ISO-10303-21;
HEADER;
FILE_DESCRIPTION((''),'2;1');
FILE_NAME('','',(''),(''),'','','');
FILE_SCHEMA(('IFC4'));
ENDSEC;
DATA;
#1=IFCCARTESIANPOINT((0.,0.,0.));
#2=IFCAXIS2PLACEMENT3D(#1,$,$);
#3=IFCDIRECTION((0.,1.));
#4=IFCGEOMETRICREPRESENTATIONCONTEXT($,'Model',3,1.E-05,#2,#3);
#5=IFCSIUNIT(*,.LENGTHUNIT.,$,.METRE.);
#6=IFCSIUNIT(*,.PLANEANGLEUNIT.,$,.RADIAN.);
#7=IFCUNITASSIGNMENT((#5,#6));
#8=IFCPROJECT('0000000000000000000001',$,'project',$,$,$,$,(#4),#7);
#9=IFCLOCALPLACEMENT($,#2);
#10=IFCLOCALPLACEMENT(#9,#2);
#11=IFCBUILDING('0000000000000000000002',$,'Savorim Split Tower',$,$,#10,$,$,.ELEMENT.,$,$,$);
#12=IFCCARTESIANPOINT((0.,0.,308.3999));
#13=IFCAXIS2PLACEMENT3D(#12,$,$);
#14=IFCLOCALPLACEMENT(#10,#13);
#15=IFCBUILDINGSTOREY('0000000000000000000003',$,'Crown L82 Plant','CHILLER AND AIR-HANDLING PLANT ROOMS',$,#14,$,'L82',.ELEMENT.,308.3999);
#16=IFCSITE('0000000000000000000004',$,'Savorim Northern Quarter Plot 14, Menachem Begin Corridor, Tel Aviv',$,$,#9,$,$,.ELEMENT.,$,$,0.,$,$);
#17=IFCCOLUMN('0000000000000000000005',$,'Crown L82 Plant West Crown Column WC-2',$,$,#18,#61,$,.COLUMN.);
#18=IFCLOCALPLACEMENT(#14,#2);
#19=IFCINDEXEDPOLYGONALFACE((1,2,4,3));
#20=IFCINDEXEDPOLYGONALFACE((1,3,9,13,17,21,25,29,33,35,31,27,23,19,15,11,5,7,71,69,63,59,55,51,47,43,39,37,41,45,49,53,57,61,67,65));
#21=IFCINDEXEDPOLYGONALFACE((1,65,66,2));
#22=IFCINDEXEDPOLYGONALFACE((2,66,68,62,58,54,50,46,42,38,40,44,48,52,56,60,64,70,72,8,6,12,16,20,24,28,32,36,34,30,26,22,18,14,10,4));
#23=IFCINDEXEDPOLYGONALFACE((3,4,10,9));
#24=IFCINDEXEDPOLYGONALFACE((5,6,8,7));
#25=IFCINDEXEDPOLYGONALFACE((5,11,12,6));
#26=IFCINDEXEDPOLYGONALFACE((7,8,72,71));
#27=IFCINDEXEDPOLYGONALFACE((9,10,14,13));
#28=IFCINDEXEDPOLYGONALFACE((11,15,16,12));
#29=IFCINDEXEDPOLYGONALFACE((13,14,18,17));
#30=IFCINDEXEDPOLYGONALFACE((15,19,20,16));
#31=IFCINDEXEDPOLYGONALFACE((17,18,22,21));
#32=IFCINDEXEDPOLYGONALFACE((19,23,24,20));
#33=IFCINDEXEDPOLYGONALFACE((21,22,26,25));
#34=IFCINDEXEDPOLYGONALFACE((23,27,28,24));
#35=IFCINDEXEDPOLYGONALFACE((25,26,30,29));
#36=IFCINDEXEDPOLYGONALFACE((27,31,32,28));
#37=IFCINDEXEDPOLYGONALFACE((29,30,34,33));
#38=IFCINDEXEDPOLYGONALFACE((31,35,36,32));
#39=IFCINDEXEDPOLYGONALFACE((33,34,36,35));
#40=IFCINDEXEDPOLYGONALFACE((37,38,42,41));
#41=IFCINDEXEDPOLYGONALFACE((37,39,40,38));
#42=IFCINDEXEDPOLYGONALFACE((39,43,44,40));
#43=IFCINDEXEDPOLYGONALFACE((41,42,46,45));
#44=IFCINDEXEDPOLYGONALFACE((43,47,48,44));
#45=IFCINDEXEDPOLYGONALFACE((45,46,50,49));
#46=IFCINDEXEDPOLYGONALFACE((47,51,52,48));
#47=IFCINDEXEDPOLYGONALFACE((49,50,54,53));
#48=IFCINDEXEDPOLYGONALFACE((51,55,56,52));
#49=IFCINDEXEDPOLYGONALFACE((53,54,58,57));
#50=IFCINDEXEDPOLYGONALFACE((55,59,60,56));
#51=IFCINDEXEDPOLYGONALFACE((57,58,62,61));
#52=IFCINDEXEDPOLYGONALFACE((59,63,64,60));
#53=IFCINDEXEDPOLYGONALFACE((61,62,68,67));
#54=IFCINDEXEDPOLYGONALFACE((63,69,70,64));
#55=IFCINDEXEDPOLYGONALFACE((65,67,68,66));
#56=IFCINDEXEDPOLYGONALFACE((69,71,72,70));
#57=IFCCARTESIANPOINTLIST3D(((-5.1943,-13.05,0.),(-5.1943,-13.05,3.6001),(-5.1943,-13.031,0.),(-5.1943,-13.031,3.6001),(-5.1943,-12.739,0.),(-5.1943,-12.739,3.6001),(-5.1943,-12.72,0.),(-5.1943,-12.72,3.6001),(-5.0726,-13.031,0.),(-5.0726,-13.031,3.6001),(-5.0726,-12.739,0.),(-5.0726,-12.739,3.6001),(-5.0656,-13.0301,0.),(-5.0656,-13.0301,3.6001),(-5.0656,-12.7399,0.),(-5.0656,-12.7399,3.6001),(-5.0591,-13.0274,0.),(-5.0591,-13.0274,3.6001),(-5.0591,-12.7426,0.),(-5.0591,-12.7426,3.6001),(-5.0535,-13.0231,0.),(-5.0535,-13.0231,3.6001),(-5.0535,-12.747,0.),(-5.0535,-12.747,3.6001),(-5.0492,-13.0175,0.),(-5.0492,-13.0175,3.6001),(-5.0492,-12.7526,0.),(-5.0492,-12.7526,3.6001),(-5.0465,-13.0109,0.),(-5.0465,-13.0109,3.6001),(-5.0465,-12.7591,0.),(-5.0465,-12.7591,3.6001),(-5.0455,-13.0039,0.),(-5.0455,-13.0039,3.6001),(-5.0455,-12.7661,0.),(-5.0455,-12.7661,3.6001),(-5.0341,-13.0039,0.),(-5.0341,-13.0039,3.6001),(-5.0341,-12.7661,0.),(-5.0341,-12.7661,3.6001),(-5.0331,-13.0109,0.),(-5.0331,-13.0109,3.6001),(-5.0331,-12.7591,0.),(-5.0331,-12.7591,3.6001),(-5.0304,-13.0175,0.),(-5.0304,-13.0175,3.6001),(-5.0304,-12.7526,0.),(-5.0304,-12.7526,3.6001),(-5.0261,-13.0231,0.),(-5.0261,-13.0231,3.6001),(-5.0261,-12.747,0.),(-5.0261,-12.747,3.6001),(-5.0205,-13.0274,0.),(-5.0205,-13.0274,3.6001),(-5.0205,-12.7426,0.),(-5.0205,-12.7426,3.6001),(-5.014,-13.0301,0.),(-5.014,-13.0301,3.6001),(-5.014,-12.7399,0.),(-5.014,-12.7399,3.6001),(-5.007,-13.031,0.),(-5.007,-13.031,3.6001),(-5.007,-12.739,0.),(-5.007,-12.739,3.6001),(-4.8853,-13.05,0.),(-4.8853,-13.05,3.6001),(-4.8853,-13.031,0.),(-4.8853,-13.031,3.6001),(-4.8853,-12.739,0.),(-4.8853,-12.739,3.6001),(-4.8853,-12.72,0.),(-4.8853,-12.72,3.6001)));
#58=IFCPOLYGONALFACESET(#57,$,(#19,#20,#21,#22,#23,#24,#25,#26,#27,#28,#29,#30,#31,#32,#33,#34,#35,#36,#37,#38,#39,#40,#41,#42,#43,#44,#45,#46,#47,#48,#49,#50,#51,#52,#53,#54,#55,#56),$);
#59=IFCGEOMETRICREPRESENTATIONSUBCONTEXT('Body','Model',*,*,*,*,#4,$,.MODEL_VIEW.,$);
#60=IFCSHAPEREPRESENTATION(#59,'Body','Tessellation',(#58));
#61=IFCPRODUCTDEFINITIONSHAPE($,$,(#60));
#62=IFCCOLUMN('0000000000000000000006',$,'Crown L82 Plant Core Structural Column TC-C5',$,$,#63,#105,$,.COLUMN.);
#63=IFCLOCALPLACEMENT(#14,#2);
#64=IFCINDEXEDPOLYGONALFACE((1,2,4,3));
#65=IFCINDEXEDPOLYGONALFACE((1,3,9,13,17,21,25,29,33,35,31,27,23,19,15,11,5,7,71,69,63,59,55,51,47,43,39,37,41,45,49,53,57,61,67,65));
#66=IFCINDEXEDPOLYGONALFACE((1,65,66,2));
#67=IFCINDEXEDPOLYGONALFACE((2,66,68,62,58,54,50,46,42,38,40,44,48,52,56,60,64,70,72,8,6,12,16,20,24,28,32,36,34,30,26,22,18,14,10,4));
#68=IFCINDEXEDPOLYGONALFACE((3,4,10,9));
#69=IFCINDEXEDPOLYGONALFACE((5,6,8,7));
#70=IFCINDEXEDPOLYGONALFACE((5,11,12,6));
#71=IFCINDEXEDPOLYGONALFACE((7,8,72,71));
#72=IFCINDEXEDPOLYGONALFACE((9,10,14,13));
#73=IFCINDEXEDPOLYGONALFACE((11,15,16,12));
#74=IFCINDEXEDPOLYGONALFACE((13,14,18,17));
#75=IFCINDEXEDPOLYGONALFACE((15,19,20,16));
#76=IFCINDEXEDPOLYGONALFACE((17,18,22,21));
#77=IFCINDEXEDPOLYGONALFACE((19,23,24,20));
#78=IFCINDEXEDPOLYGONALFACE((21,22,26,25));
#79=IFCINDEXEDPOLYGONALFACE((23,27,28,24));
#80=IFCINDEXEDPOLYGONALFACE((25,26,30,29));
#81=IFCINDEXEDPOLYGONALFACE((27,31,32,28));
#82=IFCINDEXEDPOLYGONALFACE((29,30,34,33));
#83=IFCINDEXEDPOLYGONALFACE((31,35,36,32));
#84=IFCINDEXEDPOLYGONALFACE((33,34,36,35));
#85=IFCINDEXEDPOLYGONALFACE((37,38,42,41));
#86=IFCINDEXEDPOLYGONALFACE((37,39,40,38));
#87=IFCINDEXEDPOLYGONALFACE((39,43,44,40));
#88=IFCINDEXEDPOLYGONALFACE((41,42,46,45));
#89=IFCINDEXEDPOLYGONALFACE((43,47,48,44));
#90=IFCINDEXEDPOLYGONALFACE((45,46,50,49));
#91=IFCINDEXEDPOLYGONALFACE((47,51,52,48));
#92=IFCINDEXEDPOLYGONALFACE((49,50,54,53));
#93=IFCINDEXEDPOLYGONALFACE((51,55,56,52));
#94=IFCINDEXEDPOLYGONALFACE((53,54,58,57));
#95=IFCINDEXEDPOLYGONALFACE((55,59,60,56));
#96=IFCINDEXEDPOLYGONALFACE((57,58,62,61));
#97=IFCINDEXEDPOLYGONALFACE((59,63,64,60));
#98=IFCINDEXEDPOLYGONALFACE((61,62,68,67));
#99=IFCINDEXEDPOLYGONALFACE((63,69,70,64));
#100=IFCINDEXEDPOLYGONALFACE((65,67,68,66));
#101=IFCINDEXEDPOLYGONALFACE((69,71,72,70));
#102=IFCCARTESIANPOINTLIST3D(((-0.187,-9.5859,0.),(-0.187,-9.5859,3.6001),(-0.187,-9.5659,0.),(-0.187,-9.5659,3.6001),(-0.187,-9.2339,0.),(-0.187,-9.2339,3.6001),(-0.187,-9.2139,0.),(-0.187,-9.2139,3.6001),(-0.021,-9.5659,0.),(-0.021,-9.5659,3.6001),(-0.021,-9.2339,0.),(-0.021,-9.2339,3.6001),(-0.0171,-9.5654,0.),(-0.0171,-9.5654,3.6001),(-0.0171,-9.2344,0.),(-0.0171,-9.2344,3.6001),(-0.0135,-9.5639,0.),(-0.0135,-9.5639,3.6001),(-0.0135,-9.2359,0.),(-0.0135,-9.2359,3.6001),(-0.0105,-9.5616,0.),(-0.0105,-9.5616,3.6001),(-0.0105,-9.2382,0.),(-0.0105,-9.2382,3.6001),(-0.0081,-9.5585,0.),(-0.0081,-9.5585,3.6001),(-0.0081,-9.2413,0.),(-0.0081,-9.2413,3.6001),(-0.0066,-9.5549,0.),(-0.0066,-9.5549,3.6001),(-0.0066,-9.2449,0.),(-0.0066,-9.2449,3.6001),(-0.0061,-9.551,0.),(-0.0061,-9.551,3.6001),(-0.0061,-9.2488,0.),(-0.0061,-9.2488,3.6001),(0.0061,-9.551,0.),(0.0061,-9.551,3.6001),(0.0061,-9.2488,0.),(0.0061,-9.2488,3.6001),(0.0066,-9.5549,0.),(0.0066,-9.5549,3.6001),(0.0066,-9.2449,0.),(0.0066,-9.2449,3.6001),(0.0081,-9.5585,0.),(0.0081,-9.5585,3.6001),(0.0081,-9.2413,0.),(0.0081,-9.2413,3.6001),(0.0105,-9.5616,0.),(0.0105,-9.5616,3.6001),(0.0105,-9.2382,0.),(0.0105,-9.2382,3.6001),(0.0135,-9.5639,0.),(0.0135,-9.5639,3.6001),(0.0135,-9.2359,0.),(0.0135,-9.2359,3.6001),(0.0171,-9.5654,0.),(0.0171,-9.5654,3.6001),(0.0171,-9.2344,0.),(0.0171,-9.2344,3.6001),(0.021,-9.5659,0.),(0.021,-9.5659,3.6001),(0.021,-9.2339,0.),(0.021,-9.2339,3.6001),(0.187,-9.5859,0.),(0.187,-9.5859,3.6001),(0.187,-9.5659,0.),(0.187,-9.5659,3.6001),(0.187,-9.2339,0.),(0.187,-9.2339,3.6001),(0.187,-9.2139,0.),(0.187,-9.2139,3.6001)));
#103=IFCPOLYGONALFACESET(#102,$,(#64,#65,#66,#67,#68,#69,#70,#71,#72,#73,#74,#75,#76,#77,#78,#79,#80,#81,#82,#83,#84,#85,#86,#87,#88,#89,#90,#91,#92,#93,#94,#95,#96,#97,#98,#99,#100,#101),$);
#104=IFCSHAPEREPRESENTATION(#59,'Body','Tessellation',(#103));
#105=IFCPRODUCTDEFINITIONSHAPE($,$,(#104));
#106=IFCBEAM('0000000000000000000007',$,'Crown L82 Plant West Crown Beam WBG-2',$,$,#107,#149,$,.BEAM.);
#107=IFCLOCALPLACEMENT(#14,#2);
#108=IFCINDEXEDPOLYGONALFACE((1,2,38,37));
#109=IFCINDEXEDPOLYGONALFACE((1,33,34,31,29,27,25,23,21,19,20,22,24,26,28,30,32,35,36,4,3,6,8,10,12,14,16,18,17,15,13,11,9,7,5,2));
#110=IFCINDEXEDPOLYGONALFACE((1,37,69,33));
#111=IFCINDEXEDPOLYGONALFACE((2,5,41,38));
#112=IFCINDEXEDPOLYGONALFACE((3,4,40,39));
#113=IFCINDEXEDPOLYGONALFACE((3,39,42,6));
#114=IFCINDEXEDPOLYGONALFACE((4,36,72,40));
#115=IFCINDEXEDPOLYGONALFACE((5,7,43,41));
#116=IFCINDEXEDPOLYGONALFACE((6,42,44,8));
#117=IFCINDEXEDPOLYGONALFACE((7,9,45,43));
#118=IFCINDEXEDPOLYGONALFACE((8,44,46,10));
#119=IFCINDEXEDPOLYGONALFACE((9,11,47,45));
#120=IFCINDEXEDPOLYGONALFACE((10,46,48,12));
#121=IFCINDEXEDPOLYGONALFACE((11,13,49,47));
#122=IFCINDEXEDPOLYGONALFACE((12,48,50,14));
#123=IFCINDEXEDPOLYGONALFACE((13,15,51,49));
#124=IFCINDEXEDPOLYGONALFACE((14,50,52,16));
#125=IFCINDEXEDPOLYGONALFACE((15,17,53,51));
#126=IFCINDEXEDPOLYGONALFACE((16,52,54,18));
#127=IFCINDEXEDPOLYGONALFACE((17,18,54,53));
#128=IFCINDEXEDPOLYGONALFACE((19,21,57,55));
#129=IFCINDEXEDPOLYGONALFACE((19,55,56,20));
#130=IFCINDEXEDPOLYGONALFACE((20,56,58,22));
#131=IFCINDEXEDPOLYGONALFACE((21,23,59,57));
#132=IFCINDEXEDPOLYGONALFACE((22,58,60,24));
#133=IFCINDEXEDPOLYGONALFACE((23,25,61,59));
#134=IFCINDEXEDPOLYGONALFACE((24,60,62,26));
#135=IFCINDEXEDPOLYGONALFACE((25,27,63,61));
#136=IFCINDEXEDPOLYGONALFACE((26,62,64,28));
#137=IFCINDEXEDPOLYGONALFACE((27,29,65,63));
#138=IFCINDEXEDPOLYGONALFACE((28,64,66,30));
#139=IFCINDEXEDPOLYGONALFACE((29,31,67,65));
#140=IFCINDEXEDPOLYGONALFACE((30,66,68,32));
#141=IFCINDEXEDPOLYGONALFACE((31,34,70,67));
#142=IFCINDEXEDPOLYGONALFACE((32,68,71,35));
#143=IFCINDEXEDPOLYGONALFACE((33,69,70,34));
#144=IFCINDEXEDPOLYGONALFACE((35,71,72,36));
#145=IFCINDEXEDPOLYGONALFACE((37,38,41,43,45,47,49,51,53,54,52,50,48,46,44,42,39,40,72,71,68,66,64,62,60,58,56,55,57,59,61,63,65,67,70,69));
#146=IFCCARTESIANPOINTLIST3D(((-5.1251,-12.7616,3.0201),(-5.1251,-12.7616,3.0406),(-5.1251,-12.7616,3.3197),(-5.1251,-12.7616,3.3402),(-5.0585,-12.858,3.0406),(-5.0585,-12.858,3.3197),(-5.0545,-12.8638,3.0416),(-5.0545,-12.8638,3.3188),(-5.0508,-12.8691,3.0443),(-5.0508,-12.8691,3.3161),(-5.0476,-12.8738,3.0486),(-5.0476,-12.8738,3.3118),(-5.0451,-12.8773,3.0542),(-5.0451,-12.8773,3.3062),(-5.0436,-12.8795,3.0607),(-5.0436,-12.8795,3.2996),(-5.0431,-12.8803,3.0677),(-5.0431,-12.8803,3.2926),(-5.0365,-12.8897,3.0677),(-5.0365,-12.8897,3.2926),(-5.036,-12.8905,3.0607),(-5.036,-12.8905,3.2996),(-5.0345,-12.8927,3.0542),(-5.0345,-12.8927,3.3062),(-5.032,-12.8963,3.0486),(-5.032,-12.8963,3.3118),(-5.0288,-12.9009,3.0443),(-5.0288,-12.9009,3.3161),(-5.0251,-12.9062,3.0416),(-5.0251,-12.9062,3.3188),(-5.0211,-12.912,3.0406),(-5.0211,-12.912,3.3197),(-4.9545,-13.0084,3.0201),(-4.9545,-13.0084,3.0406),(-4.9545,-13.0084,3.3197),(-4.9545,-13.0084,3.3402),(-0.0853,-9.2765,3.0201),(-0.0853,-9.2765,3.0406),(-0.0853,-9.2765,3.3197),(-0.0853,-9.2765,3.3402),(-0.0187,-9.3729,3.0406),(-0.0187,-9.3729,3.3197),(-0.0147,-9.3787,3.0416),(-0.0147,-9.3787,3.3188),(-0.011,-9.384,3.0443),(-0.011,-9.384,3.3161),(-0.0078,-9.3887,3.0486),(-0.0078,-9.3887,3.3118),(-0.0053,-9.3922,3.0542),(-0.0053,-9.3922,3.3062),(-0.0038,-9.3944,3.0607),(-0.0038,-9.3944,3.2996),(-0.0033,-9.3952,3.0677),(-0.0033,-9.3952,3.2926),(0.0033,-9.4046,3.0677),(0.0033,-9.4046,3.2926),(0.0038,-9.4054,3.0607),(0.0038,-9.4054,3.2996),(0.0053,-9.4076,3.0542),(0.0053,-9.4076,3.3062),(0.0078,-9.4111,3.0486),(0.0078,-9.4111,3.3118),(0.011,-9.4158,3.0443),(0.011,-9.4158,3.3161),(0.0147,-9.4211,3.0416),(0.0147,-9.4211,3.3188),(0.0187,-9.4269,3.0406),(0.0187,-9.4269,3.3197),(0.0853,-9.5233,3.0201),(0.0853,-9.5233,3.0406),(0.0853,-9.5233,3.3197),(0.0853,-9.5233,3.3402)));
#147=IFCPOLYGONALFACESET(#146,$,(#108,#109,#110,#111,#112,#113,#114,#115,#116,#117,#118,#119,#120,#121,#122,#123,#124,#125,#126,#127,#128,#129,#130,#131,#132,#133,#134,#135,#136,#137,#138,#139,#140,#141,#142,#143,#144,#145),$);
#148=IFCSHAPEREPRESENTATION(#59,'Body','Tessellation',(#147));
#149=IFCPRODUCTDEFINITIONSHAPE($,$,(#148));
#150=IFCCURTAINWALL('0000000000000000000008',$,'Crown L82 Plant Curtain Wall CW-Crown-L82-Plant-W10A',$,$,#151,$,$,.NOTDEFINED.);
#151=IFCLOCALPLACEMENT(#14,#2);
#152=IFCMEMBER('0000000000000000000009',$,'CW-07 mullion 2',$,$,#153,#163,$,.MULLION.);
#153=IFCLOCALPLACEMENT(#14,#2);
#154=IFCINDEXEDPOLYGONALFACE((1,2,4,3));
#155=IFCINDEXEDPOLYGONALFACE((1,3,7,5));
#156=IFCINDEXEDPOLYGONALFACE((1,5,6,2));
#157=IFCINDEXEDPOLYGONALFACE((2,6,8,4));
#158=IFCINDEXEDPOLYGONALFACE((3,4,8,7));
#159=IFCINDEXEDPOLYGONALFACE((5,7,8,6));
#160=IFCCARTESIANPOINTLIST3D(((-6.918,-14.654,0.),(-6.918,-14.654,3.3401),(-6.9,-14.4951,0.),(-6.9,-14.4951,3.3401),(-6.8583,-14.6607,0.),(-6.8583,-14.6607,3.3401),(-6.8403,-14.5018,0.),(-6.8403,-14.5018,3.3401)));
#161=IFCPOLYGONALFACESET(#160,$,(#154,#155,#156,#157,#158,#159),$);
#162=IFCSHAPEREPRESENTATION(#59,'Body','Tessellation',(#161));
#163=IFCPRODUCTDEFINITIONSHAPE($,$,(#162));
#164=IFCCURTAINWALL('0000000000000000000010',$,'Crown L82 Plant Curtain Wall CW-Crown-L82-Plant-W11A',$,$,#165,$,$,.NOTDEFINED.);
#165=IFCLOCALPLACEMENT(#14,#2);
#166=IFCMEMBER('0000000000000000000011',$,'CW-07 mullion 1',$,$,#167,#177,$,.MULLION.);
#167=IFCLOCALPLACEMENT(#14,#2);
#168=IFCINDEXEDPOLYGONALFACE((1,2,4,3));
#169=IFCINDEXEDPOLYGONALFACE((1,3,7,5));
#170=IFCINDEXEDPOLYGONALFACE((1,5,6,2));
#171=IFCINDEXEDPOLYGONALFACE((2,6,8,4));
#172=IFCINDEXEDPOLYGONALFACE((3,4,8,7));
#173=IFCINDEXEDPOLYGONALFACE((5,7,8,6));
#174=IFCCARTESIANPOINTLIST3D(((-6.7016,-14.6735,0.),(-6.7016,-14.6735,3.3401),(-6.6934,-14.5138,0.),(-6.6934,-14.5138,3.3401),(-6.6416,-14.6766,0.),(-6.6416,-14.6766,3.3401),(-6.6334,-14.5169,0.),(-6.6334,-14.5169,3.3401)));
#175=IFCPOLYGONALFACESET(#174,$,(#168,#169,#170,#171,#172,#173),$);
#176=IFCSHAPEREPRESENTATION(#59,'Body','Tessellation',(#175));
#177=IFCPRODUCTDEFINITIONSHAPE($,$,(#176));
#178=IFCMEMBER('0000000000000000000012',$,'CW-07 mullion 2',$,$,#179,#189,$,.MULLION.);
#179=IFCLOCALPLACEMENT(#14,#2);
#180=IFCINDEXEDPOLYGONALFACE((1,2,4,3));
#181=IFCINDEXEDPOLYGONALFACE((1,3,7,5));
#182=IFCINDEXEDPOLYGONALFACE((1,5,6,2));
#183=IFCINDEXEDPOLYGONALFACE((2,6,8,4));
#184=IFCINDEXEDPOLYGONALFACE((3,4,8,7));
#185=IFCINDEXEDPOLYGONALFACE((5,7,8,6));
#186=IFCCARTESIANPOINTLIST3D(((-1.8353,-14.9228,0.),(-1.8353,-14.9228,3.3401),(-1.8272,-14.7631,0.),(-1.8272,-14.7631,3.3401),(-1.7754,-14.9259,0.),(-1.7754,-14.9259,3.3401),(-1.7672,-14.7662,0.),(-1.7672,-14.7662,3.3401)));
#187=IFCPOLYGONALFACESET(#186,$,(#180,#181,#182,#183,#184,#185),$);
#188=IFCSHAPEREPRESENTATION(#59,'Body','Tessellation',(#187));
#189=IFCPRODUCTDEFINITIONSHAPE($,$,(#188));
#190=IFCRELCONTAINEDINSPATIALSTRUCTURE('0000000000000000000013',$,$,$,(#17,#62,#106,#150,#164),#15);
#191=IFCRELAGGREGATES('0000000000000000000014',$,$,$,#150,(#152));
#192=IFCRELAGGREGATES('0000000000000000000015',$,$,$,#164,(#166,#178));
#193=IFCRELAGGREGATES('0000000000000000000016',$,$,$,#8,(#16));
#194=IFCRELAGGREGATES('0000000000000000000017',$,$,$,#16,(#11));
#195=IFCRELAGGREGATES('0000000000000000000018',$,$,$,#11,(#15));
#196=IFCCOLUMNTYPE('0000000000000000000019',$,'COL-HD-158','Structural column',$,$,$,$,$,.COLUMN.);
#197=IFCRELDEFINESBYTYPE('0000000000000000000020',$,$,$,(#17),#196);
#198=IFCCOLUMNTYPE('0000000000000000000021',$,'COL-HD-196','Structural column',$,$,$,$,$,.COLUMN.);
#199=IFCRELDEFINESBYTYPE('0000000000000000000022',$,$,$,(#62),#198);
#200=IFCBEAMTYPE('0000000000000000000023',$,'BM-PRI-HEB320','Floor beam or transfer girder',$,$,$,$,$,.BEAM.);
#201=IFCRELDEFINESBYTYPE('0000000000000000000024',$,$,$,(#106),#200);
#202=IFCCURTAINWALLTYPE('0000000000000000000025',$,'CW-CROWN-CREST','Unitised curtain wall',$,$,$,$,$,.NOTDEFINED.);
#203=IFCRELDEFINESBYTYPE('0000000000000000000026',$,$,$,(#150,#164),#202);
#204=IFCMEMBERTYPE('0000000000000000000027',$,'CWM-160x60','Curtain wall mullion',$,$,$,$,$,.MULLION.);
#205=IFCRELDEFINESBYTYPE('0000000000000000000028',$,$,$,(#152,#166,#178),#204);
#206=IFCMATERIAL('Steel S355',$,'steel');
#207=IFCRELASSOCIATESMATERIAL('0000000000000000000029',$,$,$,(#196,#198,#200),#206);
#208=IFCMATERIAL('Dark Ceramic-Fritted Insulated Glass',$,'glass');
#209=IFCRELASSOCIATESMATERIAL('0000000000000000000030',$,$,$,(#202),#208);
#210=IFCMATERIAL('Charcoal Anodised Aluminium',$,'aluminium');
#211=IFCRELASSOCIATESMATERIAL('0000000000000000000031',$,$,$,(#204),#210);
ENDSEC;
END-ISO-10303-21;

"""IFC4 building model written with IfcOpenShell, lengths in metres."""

from ifc_helpers import new_model, si_unit, direction, frame, origin, origin_2d, place, context, subcontext, project, spatial, rectangle, i_section, extrude, material, material_profile, profile_set, type_object, element, aggregate, save


model = new_model("IFC4")

# Units and contexts
model_context = context("Model", 3, precision=1e-05, world=origin(), true_north=direction((0.0, 1.0)))
body_context = subcontext(model_context, "Body", "Model", "MODEL_VIEW")
ifc_project = project(units=[si_unit("LENGTHUNIT", "METRE"), si_unit("PLANEANGLEUNIT", "RADIAN")], contexts=[model_context])

# Site, building, storey
site_placement = place(None, origin())
site = spatial("IfcSite", under=ifc_project, at=site_placement, Name="Savorim Northern Quarter Plot 14, Menachem Begin Corridor, Tel Aviv", CompositionType="ELEMENT", RefElevation=0.0)
building_placement = place(site_placement, origin())
building = spatial("IfcBuilding", under=site, at=building_placement, Name="Savorim Split Tower", CompositionType="ELEMENT")
storey_placement = place(building_placement, frame((0.0, 0.0, 308.3999)))
storey = spatial("IfcBuildingStorey", under=building, at=storey_placement, Name="Crown L82 Plant", Description="CHILLER AND AIR-HANDLING PLANT ROOMS", LongName="L82", CompositionType="ELEMENT", Elevation=308.3999)

# Columns
ifc_material_1 = material(Name="Steel S355", Category="steel")
ifc_material_profile_1 = material_profile(ifc_material_1, i_section(OverallWidth=0.3091, OverallDepth=0.3301, WebThickness=0.0115, FlangeThickness=0.019, FilletRadius=0.0271, at=origin_2d()), Name="HD 320x158")
ifc_profile_set_1 = profile_set([ifc_material_profile_1], Name="Steel S355")
column_type_1 = type_object("IfcColumnType", Name="COL-HD-158", Description="Structural column", PredefinedType="COLUMN", material=ifc_profile_set_1)
column_1_placement = place(storey_placement, frame((-5.0398, -12.885, 0.0), z_axis=(0.0, 0.0, 1.0), x_axis=(1.0, 0.0, 0.0)))
element("IfcColumn", 1, at=column_1_placement, inside=storey, type_object=column_type_1, Name="Crown L82 Plant West Crown Column WC-2", PredefinedType="COLUMN", context=body_context, shape_type="SweptSolid", body=[
    extrude(i_section(OverallWidth=0.3091, OverallDepth=0.3301, WebThickness=0.0115, FlangeThickness=0.019, FilletRadius=0.0271, at=origin_2d()), origin(), (0.0, 0.0, 1.0), 3.6001),
])
ifc_material_profile_2 = material_profile(ifc_material_1, i_section(OverallWidth=0.374, OverallDepth=0.3721, WebThickness=0.0122, FlangeThickness=0.02, FilletRadius=0.0149, at=origin_2d()), Name="HD 360x196")
ifc_profile_set_2 = profile_set([ifc_material_profile_2], Name="Steel S355")
column_type_2 = type_object("IfcColumnType", Name="COL-HD-196", Description="Structural column", PredefinedType="COLUMN", material=ifc_profile_set_2)
column_2_placement = place(storey_placement, frame((0.0, -9.3999, 0.0), z_axis=(0.0, 0.0, 1.0), x_axis=(1.0, 0.0, 0.0)))
element("IfcColumn", 2, at=column_2_placement, inside=storey, type_object=column_type_2, Name="Crown L82 Plant Core Structural Column TC-C5", PredefinedType="COLUMN", context=body_context, shape_type="SweptSolid", body=[
    extrude(i_section(OverallWidth=0.374, OverallDepth=0.3721, WebThickness=0.0122, FlangeThickness=0.02, FilletRadius=0.0149, at=origin_2d()), origin(), (0.0, 0.0, 1.0), 3.6001),
])

# Beam
ifc_material_profile_3 = material_profile(ifc_material_1, i_section(OverallWidth=0.3, OverallDepth=0.3201, WebThickness=0.0115, FlangeThickness=0.0205, FilletRadius=0.0271, at=origin_2d()), Name="HEB 320")
ifc_profile_set_3 = profile_set([ifc_material_profile_3], Name="Steel S355")
beam_type = type_object("IfcBeamType", Name="BM-PRI-HEB320", Description="Floor beam or transfer girder", PredefinedType="BEAM", material=ifc_profile_set_3)
beam_placement = place(storey_placement, frame((-5.0398, -12.885, 3.1802), z_axis=(0.822496, 0.568771, 0.0), x_axis=(-0.568771, 0.822496, 0.0)))
element("IfcBeam", 3, at=beam_placement, inside=storey, type_object=beam_type, Name="Crown L82 Plant West Crown Beam WBG-2", PredefinedType="BEAM", context=body_context, shape_type="SweptSolid", body=[
    extrude(i_section(OverallWidth=0.3, OverallDepth=0.3201, WebThickness=0.0115, FlangeThickness=0.0205, FilletRadius=0.0271, at=origin_2d()), origin(), (0.0, 0.0, 1.0), 6.1274),
])

# Curtain wall, member
ifc_material_2 = material(Name="Dark Ceramic-Fritted Insulated Glass", Category="glass")
curtain_wall_type = type_object("IfcCurtainWallType", Name="CW-CROWN-CREST", Description="Unitised curtain wall", PredefinedType="NOTDEFINED", material=ifc_material_2)
curtain_wall_1_placement = place(storey_placement, origin())
curtain_wall_1 = element("IfcCurtainWall", 4, at=curtain_wall_1_placement, inside=storey, type_object=curtain_wall_type, Name="Crown L82 Plant Curtain Wall CW-Crown-L82-Plant-W10A", PredefinedType="NOTDEFINED")
ifc_material_3 = material(Name="Charcoal Anodised Aluminium", Category="aluminium")
ifc_material_profile_4 = material_profile(ifc_material_3, rectangle(XDim=0.1599, YDim=0.0601, at=origin_2d()), Name="ALU-M 160x60")
ifc_profile_set_4 = profile_set([ifc_material_profile_4], Name="Charcoal Anodised Aluminium")
member_type_1 = type_object("IfcMemberType", Name="CWM-160x60", Description="Curtain wall mullion", PredefinedType="MULLION", material=ifc_profile_set_4)
member_1_placement = place(storey_placement, frame((-6.8792, -14.5779, 0.0), z_axis=(0.0, 0.0, 1.0), x_axis=(0.112318, 0.993672, 0.0)))
member_1 = element("IfcMember", 5, at=member_1_placement, type_object=member_type_1, Name="CW-07 mullion 2", PredefinedType="MULLION", context=body_context, shape_type="SweptSolid", body=[
    extrude(rectangle(XDim=0.1599, YDim=0.0601, at=origin_2d()), origin(), (0.0, 0.0, 1.0), 3.3401),
])
aggregate(curtain_wall_1, [member_1])

# Curtain wall, members
curtain_wall_2_placement = place(storey_placement, origin())
curtain_wall_2 = element("IfcCurtainWall", 6, at=curtain_wall_2_placement, inside=storey, type_object=curtain_wall_type, Name="Crown L82 Plant Curtain Wall CW-Crown-L82-Plant-W11A", PredefinedType="NOTDEFINED")
member_2_placement = place(storey_placement, frame((-6.6675, -14.5952, 0.0), z_axis=(0.0, 0.0, 1.0), x_axis=(0.051151, 0.998691, 0.0)))
member_2 = element("IfcMember", 7, at=member_2_placement, type_object=member_type_1, Name="CW-07 mullion 1", PredefinedType="MULLION", context=body_context, shape_type="SweptSolid", body=[
    extrude(rectangle(XDim=0.1599, YDim=0.0601, at=origin_2d()), origin(), (0.0, 0.0, 1.0), 3.3401),
])
member_3_placement = place(storey_placement, frame((-1.8013, -14.8445, 0.0), z_axis=(0.0, 0.0, 1.0), x_axis=(0.051151, 0.998691, 0.0)))
member_3 = element("IfcMember", 8, at=member_3_placement, type_object=member_type_1, Name="CW-07 mullion 2", PredefinedType="MULLION", context=body_context, shape_type="SweptSolid", body=[
    extrude(rectangle(XDim=0.1599, YDim=0.0601, at=origin_2d()), origin(), (0.0, 0.0, 1.0), 3.3401),
])

aggregate(curtain_wall_2, [member_2, member_3])

save(model, "model.ifc")
